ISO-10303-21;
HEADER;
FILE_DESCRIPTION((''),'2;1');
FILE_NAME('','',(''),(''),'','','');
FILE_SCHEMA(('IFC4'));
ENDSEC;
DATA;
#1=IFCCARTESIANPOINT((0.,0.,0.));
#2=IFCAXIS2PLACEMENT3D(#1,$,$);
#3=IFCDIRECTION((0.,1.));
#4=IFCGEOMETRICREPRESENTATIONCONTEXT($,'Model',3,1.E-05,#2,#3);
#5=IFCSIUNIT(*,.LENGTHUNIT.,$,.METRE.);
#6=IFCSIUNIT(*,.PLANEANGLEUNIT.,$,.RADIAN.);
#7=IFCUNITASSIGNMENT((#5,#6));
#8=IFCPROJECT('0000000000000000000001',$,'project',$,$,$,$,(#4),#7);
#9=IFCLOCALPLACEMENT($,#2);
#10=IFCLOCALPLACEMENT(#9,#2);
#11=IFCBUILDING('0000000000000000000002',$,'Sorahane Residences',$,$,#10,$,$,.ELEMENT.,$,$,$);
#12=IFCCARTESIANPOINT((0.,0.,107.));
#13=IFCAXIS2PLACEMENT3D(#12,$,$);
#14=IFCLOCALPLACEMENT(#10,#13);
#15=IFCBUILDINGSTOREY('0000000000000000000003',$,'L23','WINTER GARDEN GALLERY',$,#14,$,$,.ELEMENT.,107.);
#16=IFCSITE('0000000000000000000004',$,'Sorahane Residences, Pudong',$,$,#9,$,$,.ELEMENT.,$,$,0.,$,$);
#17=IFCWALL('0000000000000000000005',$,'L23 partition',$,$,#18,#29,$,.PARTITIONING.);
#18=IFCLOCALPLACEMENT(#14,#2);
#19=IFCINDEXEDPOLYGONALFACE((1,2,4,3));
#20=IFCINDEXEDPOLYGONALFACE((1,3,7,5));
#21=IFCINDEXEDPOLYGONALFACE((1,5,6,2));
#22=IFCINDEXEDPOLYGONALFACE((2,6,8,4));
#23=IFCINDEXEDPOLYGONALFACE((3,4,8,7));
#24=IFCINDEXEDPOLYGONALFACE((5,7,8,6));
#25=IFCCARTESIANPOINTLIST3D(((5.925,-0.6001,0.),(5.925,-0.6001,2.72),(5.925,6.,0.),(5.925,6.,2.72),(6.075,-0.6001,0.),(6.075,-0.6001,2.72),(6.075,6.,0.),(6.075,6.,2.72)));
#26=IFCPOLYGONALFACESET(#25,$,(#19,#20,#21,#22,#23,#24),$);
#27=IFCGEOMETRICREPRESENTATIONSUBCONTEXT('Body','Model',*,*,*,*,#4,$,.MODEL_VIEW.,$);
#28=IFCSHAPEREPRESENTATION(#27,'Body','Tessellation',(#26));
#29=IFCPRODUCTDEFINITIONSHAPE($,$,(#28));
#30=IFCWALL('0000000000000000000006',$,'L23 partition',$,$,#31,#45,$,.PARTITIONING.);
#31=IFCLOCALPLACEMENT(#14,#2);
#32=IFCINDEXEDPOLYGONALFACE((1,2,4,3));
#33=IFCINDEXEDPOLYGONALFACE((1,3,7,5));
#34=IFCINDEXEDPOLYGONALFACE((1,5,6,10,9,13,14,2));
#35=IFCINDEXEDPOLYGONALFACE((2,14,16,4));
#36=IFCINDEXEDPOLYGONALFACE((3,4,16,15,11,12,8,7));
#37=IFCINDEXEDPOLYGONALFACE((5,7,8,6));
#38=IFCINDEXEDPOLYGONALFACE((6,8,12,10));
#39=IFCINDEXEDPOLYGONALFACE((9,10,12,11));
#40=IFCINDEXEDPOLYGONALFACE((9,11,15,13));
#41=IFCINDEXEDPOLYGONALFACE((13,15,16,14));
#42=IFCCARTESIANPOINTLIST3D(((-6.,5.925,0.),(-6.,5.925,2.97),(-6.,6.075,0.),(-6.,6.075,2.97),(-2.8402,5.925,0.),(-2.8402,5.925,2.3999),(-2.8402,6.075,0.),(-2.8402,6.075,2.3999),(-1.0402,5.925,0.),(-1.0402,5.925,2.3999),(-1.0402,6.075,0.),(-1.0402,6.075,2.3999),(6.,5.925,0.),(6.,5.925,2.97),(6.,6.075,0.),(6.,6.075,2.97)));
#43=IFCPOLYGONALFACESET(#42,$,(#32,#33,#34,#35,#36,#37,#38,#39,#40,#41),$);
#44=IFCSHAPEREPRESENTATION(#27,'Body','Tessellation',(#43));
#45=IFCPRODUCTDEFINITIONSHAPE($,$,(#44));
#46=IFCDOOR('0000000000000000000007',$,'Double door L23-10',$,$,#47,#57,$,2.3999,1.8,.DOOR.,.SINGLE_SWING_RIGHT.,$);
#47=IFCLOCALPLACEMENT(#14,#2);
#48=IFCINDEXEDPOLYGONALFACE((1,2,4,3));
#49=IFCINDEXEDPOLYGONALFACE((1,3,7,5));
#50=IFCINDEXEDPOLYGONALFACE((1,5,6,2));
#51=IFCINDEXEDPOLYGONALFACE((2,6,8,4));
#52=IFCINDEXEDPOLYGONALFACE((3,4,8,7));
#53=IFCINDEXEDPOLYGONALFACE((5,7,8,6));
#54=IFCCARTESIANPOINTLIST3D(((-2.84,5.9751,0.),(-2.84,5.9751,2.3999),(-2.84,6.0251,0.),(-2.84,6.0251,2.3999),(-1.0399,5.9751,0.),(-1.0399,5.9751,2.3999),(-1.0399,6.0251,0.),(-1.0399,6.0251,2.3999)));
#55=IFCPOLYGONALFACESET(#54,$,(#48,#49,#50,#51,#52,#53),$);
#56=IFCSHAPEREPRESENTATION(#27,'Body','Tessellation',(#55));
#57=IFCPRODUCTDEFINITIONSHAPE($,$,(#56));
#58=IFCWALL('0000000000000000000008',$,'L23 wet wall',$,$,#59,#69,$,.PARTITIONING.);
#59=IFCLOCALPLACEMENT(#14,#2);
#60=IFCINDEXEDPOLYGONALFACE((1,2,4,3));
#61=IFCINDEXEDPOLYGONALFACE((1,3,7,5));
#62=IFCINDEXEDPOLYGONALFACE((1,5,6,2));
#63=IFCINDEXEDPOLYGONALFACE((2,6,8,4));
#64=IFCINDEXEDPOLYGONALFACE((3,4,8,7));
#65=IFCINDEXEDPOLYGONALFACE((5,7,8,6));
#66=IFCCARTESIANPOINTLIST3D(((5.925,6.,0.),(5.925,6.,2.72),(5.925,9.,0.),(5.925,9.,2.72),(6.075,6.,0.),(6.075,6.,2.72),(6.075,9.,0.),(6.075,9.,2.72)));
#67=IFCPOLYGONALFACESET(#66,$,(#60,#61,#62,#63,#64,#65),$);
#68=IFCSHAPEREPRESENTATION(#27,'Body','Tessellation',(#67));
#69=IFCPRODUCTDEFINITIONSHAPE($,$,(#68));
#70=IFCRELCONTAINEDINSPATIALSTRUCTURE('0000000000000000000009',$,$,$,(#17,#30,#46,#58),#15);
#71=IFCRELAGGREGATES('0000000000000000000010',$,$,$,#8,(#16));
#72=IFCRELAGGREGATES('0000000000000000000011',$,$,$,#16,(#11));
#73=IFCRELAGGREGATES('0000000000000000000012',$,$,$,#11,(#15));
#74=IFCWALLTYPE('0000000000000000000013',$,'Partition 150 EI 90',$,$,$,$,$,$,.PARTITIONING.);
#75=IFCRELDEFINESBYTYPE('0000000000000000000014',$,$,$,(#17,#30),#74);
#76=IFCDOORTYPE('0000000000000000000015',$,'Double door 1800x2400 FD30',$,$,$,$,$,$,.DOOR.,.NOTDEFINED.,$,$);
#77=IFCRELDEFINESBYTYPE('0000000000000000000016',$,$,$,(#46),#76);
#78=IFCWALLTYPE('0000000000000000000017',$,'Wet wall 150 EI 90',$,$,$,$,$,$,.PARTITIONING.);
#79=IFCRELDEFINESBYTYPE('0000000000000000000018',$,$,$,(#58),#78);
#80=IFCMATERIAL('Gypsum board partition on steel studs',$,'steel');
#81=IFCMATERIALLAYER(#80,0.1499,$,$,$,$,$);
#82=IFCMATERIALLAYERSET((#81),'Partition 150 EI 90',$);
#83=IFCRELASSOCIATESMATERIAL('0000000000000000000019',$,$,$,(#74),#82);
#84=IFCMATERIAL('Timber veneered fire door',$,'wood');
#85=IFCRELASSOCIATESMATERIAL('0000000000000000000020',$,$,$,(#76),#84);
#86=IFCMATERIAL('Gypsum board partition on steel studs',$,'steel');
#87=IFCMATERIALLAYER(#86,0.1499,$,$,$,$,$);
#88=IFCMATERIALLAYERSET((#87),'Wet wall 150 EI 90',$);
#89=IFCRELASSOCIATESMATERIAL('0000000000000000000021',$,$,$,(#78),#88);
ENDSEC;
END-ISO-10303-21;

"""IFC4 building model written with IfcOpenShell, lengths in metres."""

from ifc_helpers import new_model, si_unit, direction, frame, frame_2d, origin, place, context, subcontext, project, spatial, rectangle, extrude, material, layer, layer_set, type_object, element, fill, save


model = new_model("IFC4")

# Units and contexts
model_context = context("Model", 3, precision=1e-05, world=origin(), true_north=direction((0.0, 1.0)))
body_context = subcontext(model_context, "Body", "Model", "MODEL_VIEW")
ifc_project = project(units=[si_unit("LENGTHUNIT", "METRE"), si_unit("PLANEANGLEUNIT", "RADIAN")], contexts=[model_context])

# Site, building, storey
site_placement = place(None, origin())
site = spatial("IfcSite", under=ifc_project, at=site_placement, Name="Sorahane Residences, Pudong", CompositionType="ELEMENT", RefElevation=0.0)
building_placement = place(site_placement, origin())
building = spatial("IfcBuilding", under=site, at=building_placement, Name="Sorahane Residences", CompositionType="ELEMENT")
storey_placement = place(building_placement, frame((0.0, 0.0, 107.0)))
storey = spatial("IfcBuildingStorey", under=building, at=storey_placement, Name="L23", Description="WINTER GARDEN GALLERY", CompositionType="ELEMENT", Elevation=107.0)

# Wall
ifc_material_1 = material(Name="Gypsum board partition on steel studs", Category="steel")
ifc_layer_1 = layer(ifc_material_1, 0.1499)
ifc_layer_set_1 = layer_set([ifc_layer_1], Name="Partition 150 EI 90")
wall_type_1 = type_object("IfcWallType", Name="Partition 150 EI 90", PredefinedType="PARTITIONING", material=ifc_layer_set_1)
wall_1_placement = place(storey_placement, frame((6.0, -0.6001, 0.0), z_axis=(0.0, 0.0, 1.0), x_axis=(0.0, 1.0, 0.0)))
element("IfcWall", 1, at=wall_1_placement, inside=storey, type_object=wall_type_1, Name="L23 partition", PredefinedType="PARTITIONING", context=body_context, shape_type="SweptSolid", body=[
    extrude(rectangle(XDim=6.6001, YDim=0.1499, at=frame_2d((3.3, 0.0))), origin(), (0.0, 0.0, 1.0), 2.72),
])

# Wall, opening, door
wall_2_placement = place(storey_placement, frame((-6.0, 6.0, 0.0), z_axis=(0.0, 0.0, 1.0), x_axis=(1.0, 0.0, 0.0)))
wall_2 = element("IfcWall", 2, at=wall_2_placement, inside=storey, type_object=wall_type_1, Name="L23 partition", PredefinedType="PARTITIONING", context=body_context, shape_type="SweptSolid", body=[
    extrude(rectangle(XDim=12.0, YDim=0.1499, at=frame_2d((6.0, 0.0))), origin(), (0.0, 0.0, 1.0), 2.97),
])
opening_placement = place(wall_2_placement, frame((3.1599, 0.0, 0.0)))
opening = element("IfcOpeningElement", 3, at=opening_placement, cuts=wall_2, PredefinedType="OPENING", context=body_context, shape_type="SweptSolid", body=[
    extrude(rectangle(XDim=1.8, YDim=2.3999, at=frame_2d((0.8999, 1.2))), frame((0.0, 0.085, 0.0), z_axis=(0.0, -1.0, 0.0), x_axis=(1.0, 0.0, 0.0)), (0.0, 0.0, 1.0), 0.1699),
])
ifc_material_2 = material(Name="Timber veneered fire door", Category="wood")
door_type = type_object("IfcDoorType", Name="Double door 1800x2400 FD30", OperationType="NOTDEFINED", PredefinedType="DOOR", material=ifc_material_2)
door_placement = place(opening_placement, frame((1.8, 0.0, 0.0), z_axis=(0.0, 0.0, 1.0), x_axis=(-1.0, 0.0, 0.0)))
door = element("IfcDoor", 4, at=door_placement, inside=storey, type_object=door_type, Name="Double door L23-10", OperationType="SINGLE_SWING_RIGHT", OverallHeight=2.3999, OverallWidth=1.8, PredefinedType="DOOR", context=body_context, shape_type="SweptSolid", body=[
    extrude(rectangle(XDim=1.8, YDim=2.3999, at=frame_2d((0.8999, 1.2))), frame((0.0, 0.0249, 0.0), z_axis=(0.0, -1.0, 0.0), x_axis=(1.0, 0.0, 0.0)), (0.0, 0.0, 1.0), 0.05),
])
fill(opening, door)

# Wall
ifc_material_3 = material(Name="Gypsum board partition on steel studs", Category="steel")
ifc_layer_2 = layer(ifc_material_3, 0.1499)
ifc_layer_set_2 = layer_set([ifc_layer_2], Name="Wet wall 150 EI 90")
wall_type_2 = type_object("IfcWallType", Name="Wet wall 150 EI 90", PredefinedType="PARTITIONING", material=ifc_layer_set_2)
wall_3_placement = place(storey_placement, frame((6.0, 6.0, 0.0), z_axis=(0.0, 0.0, 1.0), x_axis=(0.0, 1.0, 0.0)))
element("IfcWall", 5, at=wall_3_placement, inside=storey, type_object=wall_type_2, Name="L23 wet wall", PredefinedType="PARTITIONING", context=body_context, shape_type="SweptSolid", body=[
    extrude(rectangle(XDim=3.0, YDim=0.1499, at=frame_2d((1.5, 0.0))), origin(), (0.0, 0.0, 1.0), 2.72),
])

save(model, "model.ifc")
